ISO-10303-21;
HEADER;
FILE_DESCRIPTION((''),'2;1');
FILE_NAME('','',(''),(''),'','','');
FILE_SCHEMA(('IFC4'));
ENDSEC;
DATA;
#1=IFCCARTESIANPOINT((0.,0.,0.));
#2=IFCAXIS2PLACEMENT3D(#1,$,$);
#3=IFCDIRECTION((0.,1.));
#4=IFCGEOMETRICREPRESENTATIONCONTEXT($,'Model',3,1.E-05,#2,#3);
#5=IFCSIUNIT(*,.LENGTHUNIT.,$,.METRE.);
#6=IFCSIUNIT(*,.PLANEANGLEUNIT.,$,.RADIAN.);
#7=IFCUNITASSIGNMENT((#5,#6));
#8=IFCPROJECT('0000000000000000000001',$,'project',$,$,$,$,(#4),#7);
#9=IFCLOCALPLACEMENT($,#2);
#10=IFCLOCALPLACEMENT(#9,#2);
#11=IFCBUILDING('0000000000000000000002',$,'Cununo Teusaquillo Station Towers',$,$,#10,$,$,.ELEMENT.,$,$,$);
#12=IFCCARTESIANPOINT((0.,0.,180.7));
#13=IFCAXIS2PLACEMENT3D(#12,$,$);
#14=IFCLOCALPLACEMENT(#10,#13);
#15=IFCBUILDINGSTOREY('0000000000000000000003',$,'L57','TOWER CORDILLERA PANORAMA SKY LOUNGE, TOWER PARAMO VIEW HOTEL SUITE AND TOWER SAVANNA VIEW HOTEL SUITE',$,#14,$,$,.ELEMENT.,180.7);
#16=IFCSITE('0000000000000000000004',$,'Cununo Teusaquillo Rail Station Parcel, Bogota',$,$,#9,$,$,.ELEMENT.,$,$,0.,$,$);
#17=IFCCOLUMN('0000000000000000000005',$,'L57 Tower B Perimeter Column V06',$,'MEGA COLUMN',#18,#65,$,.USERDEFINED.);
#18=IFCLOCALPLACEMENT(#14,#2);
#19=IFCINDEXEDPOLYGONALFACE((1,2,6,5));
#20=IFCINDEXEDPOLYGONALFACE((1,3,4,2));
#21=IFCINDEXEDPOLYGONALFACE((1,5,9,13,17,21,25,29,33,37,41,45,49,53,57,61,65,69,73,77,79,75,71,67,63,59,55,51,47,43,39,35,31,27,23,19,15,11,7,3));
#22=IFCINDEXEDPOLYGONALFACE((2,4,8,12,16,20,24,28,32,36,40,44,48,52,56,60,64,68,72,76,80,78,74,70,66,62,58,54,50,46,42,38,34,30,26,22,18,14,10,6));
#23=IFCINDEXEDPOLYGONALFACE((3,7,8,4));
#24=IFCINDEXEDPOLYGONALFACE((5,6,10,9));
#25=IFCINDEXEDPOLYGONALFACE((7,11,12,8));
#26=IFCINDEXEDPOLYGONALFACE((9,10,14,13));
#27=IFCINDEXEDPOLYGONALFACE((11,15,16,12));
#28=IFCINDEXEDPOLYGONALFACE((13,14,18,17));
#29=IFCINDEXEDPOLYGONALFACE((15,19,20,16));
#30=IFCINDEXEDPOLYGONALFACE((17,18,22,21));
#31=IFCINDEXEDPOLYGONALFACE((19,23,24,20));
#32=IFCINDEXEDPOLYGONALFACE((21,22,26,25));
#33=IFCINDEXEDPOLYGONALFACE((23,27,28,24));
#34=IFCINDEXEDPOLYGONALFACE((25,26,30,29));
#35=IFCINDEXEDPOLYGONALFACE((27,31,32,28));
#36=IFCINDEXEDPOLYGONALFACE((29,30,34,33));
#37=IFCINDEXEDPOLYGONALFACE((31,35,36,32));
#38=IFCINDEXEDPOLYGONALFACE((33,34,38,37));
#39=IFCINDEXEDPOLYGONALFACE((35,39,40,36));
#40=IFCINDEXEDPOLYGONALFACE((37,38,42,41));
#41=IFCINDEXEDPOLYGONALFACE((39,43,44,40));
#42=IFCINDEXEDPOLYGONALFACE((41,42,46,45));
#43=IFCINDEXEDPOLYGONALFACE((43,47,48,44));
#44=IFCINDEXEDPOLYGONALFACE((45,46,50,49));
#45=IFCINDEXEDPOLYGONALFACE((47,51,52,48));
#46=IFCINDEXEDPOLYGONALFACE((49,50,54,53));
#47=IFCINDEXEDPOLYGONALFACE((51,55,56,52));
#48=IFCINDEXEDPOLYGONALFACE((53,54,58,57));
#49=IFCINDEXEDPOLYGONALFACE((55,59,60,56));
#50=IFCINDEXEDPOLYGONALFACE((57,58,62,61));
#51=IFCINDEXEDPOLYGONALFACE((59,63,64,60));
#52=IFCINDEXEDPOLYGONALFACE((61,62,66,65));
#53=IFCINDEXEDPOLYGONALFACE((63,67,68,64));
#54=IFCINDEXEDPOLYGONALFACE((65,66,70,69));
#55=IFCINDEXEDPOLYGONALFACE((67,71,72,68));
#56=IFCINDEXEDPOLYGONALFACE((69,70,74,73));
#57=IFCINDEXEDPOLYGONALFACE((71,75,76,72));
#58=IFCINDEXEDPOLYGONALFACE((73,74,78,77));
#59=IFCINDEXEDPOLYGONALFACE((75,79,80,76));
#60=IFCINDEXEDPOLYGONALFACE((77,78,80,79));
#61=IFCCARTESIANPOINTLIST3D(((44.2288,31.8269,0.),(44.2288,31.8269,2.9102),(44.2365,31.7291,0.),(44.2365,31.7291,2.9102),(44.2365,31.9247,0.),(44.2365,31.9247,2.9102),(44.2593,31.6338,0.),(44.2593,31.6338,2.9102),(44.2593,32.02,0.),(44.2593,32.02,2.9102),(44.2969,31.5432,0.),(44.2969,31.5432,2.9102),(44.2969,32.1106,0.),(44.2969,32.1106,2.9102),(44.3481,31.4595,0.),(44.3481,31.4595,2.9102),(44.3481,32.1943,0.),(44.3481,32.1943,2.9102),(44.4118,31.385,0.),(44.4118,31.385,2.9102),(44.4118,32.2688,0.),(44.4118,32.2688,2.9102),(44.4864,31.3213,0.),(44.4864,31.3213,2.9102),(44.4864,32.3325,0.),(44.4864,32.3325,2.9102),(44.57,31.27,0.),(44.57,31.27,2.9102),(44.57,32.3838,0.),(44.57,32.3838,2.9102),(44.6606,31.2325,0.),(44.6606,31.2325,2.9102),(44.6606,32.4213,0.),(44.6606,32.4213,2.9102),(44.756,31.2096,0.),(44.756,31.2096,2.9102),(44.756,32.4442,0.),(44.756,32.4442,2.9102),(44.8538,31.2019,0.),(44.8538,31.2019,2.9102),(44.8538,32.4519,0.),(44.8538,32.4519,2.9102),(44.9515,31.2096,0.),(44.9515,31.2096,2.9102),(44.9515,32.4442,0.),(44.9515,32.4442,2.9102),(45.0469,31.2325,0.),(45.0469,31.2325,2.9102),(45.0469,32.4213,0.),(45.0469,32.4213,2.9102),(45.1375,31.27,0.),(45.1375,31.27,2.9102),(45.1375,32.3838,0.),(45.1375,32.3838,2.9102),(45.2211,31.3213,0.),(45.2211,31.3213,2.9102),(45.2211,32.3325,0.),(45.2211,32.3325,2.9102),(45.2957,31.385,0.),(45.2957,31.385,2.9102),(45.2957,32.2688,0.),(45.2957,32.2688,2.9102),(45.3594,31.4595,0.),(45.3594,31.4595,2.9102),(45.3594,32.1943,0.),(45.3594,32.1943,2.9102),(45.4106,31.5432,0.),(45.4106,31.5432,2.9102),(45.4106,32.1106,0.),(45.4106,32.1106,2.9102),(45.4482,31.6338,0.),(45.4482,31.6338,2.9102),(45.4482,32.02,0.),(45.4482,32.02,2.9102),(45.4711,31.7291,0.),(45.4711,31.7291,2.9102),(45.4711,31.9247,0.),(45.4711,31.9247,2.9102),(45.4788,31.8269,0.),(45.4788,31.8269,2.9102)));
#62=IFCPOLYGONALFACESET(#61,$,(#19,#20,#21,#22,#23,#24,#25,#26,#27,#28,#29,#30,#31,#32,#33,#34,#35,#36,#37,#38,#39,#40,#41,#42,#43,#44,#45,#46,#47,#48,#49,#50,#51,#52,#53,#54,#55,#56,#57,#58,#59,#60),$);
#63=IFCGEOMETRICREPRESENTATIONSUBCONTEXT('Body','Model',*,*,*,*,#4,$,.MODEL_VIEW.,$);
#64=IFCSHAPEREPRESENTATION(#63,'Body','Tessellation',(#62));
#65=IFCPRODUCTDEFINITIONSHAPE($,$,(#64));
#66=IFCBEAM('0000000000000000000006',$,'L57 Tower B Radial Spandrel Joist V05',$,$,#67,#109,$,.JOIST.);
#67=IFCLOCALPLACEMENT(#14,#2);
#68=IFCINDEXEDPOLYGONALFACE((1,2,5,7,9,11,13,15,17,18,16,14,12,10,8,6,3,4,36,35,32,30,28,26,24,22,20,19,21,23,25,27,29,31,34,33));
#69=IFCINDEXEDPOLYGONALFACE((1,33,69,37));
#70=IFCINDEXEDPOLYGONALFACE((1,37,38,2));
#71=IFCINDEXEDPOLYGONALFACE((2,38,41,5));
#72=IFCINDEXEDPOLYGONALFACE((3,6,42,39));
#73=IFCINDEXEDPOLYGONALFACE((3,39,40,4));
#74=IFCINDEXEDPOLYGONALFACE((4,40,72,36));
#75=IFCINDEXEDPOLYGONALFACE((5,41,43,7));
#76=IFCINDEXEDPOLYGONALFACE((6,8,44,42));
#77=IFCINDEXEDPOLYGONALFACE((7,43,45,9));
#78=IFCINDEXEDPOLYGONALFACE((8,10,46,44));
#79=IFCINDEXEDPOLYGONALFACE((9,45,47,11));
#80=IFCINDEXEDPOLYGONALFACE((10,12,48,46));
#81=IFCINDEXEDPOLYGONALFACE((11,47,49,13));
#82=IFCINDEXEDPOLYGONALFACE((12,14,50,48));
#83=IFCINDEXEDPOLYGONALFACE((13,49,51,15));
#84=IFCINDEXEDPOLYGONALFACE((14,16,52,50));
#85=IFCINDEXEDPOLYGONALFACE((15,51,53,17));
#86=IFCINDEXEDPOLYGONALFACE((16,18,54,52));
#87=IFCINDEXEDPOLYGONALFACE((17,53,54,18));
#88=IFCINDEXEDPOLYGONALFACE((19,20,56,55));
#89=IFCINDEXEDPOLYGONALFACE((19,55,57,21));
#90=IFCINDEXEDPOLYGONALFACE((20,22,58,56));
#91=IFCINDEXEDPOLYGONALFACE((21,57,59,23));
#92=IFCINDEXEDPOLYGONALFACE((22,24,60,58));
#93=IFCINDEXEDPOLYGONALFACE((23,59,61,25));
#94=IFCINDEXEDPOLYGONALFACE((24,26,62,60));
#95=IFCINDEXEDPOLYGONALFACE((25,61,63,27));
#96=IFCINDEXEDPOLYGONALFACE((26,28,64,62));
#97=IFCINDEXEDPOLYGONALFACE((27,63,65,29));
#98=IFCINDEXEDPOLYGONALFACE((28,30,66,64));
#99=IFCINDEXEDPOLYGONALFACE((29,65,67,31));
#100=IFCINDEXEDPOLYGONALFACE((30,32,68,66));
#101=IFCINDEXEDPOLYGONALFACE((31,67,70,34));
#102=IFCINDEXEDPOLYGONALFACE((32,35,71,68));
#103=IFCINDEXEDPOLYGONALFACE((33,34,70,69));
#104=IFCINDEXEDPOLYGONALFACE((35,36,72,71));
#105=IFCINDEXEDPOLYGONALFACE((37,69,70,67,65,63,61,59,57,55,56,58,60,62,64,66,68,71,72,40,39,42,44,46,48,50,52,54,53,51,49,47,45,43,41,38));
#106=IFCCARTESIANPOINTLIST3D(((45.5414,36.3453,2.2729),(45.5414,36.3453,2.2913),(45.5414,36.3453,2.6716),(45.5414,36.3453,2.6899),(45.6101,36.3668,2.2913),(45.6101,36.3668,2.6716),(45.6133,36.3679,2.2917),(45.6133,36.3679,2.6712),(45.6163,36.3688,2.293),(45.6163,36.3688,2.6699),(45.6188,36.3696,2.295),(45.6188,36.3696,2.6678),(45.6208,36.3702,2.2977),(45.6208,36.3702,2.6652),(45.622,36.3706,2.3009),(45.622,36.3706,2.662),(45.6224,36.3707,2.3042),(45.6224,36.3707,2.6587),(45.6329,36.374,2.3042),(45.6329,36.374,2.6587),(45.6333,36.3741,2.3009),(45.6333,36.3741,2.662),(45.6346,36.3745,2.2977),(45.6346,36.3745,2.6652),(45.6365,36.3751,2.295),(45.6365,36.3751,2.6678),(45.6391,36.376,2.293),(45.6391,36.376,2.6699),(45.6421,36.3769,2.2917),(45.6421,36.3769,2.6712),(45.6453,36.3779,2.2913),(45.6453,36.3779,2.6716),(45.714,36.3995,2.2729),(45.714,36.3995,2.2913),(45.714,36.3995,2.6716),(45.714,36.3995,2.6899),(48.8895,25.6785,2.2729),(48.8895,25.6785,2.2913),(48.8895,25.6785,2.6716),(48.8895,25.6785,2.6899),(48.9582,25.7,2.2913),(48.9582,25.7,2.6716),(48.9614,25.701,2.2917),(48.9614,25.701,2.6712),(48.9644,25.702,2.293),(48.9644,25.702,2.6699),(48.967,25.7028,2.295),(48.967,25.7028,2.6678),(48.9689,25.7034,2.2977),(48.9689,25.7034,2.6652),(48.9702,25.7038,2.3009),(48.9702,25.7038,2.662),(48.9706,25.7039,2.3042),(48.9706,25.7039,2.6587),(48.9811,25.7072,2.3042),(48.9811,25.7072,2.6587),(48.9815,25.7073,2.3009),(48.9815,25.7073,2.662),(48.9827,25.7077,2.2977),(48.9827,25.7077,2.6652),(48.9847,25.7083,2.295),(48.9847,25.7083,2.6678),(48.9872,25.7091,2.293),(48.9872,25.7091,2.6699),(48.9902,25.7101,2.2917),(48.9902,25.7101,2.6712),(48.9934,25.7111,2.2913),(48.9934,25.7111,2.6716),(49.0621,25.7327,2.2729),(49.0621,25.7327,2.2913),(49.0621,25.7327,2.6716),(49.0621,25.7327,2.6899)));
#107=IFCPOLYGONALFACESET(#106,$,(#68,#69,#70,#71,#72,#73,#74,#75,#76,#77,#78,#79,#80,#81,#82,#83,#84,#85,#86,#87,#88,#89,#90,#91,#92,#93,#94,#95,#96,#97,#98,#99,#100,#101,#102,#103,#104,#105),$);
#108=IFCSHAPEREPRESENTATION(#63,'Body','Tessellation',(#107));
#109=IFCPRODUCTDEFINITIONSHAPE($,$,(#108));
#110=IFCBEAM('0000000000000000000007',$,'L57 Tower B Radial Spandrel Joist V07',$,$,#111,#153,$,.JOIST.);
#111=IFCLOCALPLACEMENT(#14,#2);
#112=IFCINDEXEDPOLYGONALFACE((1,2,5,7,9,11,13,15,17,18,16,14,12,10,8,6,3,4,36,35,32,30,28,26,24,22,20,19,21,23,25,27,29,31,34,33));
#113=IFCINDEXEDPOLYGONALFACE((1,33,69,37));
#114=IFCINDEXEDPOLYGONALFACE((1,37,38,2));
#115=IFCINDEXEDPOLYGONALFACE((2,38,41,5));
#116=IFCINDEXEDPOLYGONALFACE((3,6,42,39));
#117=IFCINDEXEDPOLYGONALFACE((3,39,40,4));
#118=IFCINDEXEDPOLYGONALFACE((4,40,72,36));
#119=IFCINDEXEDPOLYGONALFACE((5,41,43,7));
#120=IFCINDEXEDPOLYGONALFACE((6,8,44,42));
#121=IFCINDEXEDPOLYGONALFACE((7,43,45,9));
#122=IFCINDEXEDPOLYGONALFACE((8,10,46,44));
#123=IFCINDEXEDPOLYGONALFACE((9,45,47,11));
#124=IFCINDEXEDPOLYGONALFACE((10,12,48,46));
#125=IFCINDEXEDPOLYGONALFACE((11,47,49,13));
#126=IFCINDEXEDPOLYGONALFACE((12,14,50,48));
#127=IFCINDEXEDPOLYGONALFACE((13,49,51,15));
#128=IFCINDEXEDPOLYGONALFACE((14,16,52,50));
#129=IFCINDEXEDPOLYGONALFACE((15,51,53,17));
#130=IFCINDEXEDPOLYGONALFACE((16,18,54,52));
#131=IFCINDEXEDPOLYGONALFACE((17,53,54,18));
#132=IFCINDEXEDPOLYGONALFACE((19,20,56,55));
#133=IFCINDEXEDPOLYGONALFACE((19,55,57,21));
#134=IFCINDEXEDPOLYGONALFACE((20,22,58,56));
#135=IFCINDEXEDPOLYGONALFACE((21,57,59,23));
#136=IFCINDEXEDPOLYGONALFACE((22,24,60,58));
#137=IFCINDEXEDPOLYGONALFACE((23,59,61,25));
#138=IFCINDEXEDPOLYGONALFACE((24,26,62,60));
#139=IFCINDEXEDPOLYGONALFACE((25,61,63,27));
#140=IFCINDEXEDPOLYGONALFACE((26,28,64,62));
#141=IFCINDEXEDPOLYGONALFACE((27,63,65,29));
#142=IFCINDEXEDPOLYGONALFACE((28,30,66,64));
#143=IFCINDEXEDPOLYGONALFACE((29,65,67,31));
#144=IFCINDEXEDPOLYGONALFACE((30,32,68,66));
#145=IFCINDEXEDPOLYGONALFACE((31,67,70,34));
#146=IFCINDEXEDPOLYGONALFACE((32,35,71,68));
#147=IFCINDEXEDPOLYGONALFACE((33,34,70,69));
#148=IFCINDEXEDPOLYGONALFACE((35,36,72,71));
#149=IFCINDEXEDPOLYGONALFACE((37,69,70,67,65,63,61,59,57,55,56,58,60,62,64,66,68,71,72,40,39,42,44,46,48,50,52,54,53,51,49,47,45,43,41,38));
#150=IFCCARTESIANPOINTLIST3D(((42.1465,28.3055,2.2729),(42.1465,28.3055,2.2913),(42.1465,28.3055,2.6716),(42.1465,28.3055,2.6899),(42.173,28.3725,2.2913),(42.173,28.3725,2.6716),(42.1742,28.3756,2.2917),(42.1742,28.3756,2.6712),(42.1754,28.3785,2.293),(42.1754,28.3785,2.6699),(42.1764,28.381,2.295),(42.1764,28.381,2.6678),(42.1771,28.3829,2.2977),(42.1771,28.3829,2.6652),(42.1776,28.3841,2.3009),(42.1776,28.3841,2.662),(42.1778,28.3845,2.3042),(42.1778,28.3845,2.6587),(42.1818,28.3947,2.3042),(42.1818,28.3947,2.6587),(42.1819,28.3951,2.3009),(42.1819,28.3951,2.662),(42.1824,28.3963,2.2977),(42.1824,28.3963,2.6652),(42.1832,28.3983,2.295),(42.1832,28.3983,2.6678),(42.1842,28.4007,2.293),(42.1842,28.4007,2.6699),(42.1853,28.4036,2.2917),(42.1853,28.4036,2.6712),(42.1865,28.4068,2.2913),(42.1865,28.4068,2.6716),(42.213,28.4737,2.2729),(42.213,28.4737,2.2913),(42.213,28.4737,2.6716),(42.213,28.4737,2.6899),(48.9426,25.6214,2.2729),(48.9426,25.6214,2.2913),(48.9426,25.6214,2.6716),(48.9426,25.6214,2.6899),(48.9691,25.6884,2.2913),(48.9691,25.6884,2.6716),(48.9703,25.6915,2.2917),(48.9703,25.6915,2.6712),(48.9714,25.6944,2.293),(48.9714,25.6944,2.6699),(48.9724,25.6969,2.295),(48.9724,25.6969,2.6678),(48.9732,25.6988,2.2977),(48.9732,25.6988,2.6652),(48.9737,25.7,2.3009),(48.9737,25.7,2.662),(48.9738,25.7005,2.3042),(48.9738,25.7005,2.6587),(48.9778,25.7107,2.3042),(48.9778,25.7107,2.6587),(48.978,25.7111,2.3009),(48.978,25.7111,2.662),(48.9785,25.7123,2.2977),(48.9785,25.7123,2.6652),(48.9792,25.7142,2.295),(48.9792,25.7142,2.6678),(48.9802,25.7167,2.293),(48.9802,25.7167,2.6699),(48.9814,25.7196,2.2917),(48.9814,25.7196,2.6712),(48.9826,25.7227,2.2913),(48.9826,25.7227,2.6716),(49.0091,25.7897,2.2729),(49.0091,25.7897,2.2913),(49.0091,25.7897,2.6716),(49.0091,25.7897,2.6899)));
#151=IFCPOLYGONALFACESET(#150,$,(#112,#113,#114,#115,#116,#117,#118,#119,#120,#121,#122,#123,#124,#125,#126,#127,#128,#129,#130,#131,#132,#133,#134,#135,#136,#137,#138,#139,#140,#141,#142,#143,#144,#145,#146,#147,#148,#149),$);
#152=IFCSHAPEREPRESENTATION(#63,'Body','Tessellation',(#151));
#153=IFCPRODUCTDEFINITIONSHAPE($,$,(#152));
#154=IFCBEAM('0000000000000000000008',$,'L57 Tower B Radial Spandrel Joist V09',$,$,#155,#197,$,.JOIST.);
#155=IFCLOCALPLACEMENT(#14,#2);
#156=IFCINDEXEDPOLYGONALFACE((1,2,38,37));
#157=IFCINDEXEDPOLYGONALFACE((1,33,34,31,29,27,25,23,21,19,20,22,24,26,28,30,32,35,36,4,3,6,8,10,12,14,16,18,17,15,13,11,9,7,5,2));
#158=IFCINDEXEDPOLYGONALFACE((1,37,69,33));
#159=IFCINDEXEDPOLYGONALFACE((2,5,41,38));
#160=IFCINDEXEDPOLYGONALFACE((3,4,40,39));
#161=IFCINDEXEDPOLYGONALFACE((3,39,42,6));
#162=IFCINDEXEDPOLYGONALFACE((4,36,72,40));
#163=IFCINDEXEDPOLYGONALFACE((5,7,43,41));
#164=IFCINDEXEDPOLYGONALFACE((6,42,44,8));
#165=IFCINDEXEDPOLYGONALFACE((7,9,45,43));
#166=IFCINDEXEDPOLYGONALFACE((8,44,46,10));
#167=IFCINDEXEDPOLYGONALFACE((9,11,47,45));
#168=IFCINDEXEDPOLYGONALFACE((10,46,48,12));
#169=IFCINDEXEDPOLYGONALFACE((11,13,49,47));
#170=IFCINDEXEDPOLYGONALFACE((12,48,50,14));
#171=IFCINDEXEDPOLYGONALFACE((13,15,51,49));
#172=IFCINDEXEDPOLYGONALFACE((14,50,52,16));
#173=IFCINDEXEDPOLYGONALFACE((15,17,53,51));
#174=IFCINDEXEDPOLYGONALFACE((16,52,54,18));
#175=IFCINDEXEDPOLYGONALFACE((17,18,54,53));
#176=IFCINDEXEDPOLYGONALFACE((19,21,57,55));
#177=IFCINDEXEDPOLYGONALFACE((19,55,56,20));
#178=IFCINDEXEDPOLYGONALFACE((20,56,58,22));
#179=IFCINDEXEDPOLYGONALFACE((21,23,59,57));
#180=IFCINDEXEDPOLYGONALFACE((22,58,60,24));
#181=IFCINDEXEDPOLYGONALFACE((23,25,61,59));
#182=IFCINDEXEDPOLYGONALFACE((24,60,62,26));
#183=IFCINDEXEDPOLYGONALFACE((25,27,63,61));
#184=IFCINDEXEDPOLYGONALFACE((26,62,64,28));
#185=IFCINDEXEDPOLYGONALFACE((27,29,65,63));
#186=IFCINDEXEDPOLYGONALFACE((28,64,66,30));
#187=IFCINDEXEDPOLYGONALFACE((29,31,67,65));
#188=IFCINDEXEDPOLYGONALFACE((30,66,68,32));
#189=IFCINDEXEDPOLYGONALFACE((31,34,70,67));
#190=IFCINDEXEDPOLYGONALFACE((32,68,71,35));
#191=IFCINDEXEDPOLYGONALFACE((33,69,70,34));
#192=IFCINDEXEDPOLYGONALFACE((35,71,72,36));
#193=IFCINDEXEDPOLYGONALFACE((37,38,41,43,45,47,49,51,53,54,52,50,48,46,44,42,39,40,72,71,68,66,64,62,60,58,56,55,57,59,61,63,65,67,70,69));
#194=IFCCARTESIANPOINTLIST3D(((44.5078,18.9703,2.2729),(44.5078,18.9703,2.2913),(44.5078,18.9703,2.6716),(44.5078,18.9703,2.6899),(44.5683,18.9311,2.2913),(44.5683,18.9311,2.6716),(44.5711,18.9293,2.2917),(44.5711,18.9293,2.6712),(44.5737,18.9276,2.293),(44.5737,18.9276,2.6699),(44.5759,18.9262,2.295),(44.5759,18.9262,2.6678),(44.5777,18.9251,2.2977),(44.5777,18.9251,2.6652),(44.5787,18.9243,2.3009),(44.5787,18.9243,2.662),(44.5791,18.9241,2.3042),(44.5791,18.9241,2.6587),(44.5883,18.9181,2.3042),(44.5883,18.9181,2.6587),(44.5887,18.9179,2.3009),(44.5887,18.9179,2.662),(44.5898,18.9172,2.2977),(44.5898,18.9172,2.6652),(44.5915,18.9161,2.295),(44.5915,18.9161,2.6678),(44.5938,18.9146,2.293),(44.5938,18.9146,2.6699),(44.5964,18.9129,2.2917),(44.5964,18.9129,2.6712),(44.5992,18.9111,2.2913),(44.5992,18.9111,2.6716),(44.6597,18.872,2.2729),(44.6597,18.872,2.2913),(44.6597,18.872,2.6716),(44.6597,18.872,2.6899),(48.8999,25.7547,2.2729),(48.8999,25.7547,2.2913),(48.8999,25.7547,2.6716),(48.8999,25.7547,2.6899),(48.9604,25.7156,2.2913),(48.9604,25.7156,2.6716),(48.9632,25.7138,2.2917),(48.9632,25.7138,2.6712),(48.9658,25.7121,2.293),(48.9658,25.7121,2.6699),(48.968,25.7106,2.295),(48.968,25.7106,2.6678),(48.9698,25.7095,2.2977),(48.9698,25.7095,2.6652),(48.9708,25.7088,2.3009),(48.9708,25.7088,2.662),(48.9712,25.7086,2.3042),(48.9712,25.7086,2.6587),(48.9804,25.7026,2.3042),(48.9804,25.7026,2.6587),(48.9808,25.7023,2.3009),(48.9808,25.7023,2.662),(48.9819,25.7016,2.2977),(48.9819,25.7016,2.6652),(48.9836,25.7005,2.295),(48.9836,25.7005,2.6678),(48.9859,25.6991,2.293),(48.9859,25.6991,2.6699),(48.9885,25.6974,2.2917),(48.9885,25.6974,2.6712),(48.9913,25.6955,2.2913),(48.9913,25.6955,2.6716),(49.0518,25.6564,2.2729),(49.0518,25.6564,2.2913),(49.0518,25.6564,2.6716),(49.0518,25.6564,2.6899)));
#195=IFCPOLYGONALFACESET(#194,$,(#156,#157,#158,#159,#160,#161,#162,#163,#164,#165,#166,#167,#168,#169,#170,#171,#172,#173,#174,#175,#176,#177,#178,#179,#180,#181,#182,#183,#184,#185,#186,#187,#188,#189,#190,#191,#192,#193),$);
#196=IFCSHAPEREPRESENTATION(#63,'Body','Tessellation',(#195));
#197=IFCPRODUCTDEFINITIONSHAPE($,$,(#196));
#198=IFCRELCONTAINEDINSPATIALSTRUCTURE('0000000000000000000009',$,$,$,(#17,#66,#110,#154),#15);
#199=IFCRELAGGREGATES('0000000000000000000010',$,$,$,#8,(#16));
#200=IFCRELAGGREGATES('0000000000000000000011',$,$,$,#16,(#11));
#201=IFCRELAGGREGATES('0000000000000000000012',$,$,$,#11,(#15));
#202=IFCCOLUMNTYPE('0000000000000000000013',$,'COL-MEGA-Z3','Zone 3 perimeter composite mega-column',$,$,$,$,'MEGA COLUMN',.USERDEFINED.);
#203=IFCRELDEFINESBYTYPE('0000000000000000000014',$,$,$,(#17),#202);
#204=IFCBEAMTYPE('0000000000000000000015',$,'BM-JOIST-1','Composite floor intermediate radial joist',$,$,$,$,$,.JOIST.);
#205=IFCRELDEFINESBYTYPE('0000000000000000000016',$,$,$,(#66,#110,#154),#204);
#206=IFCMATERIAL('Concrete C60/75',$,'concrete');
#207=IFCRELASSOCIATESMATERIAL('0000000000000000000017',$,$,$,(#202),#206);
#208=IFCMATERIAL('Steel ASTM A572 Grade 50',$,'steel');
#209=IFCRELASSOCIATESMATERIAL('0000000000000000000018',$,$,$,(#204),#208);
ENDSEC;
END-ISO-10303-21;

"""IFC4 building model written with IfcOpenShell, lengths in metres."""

from ifc_helpers import new_model, si_unit, direction, frame, origin, origin_2d, place, context, subcontext, project, spatial, circle, i_section, extrude, material, material_profile, profile_set, type_object, element, save


model = new_model("IFC4")

# Units and contexts
model_context = context("Model", 3, precision=1e-05, world=origin(), true_north=direction((0.0, 1.0)))
body_context = subcontext(model_context, "Body", "Model", "MODEL_VIEW")
ifc_project = project(units=[si_unit("LENGTHUNIT", "METRE"), si_unit("PLANEANGLEUNIT", "RADIAN")], contexts=[model_context])

# Site, building, storey
site_placement = place(None, origin())
site = spatial("IfcSite", under=ifc_project, at=site_placement, Name="Cununo Teusaquillo Rail Station Parcel, Bogota", CompositionType="ELEMENT", RefElevation=0.0)
building_placement = place(site_placement, origin())
building = spatial("IfcBuilding", under=site, at=building_placement, Name="Cununo Teusaquillo Station Towers", CompositionType="ELEMENT")
storey_placement = place(building_placement, frame((0.0, 0.0, 180.7)))
storey = spatial("IfcBuildingStorey", under=building, at=storey_placement, Name="L57", Description="TOWER CORDILLERA PANORAMA SKY LOUNGE, TOWER PARAMO VIEW HOTEL SUITE AND TOWER SAVANNA VIEW HOTEL SUITE", CompositionType="ELEMENT", Elevation=180.7)

# Column
ifc_material_1 = material(Name="Concrete C60/75", Category="concrete")
ifc_material_profile_1 = material_profile(ifc_material_1, circle(Radius=0.625, at=origin_2d()), Name="RC-CIRC-1250")
ifc_profile_set_1 = profile_set([ifc_material_profile_1], Name="Concrete C60/75")
column_type = type_object("IfcColumnType", Name="COL-MEGA-Z3", Description="Zone 3 perimeter composite mega-column", ElementType="MEGA COLUMN", PredefinedType="USERDEFINED", material=ifc_profile_set_1)
column_placement = place(storey_placement, frame((44.8538, 31.8269, 0.0), z_axis=(0.0, 0.0, 1.0), x_axis=(1.0, 0.0, 0.0)))
element("IfcColumn", 1, at=column_placement, inside=storey, type_object=column_type, Name="L57 Tower B Perimeter Column V06", ObjectType="MEGA COLUMN", PredefinedType="USERDEFINED", context=body_context, shape_type="SweptSolid", body=[
    extrude(circle(Radius=0.625, at=origin_2d()), origin(), (0.0, 0.0, 1.0), 2.9102),
])

# Beams
ifc_material_2 = material(Name="Steel ASTM A572 Grade 50", Category="steel")
ifc_material_profile_2 = material_profile(ifc_material_2, i_section(OverallWidth=0.1809, OverallDepth=0.417, WebThickness=0.011, FlangeThickness=0.0183, FilletRadius=0.0129, at=origin_2d()), Name="W16X57")
ifc_profile_set_2 = profile_set([ifc_material_profile_2], Name="Steel ASTM A572 Grade 50")
beam_type_1 = type_object("IfcBeamType", Name="BM-JOIST-1", Description="Composite floor intermediate radial joist", PredefinedType="JOIST", material=ifc_profile_set_2)
beam_1_placement = place(storey_placement, frame((48.9758, 25.7056, 2.4814), z_axis=(-0.29948, 0.954103, 0.0), x_axis=(-0.954103, -0.29948, 0.0)))
element("IfcBeam", 2, at=beam_1_placement, inside=storey, type_object=beam_type_1, Name="L57 Tower B Radial Spandrel Joist V05", PredefinedType="JOIST", context=body_context, shape_type="SweptSolid", body=[
    extrude(i_section(OverallWidth=0.1809, OverallDepth=0.417, WebThickness=0.011, FlangeThickness=0.0183, FilletRadius=0.0129, at=origin_2d()), origin(), (0.0, 0.0, 1.0), 11.1799),
])
beam_2_placement = place(storey_placement, frame((48.9758, 25.7056, 2.4814), z_axis=(-0.93009, 0.367332, 0.0), x_axis=(-0.367332, -0.93009, 0.0)))
element("IfcBeam", 3, at=beam_2_placement, inside=storey, type_object=beam_type_1, Name="L57 Tower B Radial Spandrel Joist V07", PredefinedType="JOIST", context=body_context, shape_type="SweptSolid", body=[
    extrude(i_section(OverallWidth=0.1809, OverallDepth=0.417, WebThickness=0.011, FlangeThickness=0.0183, FilletRadius=0.0129, at=origin_2d()), origin(), (0.0, 0.0, 1.0), 7.3069),
])
beam_3_placement = place(storey_placement, frame((48.9758, 25.7056, 2.4814), z_axis=(-0.54344, -0.839448, 0.0), x_axis=(0.839448, -0.54344, 0.0)))
element("IfcBeam", 4, at=beam_3_placement, inside=storey, type_object=beam_type_1, Name="L57 Tower B Radial Spandrel Joist V09", PredefinedType="JOIST", context=body_context, shape_type="SweptSolid", body=[
    extrude(i_section(OverallWidth=0.1809, OverallDepth=0.417, WebThickness=0.011, FlangeThickness=0.0183, FilletRadius=0.0129, at=origin_2d()), origin(), (0.0, 0.0, 1.0), 8.082),
])

save(model, "model.ifc")
